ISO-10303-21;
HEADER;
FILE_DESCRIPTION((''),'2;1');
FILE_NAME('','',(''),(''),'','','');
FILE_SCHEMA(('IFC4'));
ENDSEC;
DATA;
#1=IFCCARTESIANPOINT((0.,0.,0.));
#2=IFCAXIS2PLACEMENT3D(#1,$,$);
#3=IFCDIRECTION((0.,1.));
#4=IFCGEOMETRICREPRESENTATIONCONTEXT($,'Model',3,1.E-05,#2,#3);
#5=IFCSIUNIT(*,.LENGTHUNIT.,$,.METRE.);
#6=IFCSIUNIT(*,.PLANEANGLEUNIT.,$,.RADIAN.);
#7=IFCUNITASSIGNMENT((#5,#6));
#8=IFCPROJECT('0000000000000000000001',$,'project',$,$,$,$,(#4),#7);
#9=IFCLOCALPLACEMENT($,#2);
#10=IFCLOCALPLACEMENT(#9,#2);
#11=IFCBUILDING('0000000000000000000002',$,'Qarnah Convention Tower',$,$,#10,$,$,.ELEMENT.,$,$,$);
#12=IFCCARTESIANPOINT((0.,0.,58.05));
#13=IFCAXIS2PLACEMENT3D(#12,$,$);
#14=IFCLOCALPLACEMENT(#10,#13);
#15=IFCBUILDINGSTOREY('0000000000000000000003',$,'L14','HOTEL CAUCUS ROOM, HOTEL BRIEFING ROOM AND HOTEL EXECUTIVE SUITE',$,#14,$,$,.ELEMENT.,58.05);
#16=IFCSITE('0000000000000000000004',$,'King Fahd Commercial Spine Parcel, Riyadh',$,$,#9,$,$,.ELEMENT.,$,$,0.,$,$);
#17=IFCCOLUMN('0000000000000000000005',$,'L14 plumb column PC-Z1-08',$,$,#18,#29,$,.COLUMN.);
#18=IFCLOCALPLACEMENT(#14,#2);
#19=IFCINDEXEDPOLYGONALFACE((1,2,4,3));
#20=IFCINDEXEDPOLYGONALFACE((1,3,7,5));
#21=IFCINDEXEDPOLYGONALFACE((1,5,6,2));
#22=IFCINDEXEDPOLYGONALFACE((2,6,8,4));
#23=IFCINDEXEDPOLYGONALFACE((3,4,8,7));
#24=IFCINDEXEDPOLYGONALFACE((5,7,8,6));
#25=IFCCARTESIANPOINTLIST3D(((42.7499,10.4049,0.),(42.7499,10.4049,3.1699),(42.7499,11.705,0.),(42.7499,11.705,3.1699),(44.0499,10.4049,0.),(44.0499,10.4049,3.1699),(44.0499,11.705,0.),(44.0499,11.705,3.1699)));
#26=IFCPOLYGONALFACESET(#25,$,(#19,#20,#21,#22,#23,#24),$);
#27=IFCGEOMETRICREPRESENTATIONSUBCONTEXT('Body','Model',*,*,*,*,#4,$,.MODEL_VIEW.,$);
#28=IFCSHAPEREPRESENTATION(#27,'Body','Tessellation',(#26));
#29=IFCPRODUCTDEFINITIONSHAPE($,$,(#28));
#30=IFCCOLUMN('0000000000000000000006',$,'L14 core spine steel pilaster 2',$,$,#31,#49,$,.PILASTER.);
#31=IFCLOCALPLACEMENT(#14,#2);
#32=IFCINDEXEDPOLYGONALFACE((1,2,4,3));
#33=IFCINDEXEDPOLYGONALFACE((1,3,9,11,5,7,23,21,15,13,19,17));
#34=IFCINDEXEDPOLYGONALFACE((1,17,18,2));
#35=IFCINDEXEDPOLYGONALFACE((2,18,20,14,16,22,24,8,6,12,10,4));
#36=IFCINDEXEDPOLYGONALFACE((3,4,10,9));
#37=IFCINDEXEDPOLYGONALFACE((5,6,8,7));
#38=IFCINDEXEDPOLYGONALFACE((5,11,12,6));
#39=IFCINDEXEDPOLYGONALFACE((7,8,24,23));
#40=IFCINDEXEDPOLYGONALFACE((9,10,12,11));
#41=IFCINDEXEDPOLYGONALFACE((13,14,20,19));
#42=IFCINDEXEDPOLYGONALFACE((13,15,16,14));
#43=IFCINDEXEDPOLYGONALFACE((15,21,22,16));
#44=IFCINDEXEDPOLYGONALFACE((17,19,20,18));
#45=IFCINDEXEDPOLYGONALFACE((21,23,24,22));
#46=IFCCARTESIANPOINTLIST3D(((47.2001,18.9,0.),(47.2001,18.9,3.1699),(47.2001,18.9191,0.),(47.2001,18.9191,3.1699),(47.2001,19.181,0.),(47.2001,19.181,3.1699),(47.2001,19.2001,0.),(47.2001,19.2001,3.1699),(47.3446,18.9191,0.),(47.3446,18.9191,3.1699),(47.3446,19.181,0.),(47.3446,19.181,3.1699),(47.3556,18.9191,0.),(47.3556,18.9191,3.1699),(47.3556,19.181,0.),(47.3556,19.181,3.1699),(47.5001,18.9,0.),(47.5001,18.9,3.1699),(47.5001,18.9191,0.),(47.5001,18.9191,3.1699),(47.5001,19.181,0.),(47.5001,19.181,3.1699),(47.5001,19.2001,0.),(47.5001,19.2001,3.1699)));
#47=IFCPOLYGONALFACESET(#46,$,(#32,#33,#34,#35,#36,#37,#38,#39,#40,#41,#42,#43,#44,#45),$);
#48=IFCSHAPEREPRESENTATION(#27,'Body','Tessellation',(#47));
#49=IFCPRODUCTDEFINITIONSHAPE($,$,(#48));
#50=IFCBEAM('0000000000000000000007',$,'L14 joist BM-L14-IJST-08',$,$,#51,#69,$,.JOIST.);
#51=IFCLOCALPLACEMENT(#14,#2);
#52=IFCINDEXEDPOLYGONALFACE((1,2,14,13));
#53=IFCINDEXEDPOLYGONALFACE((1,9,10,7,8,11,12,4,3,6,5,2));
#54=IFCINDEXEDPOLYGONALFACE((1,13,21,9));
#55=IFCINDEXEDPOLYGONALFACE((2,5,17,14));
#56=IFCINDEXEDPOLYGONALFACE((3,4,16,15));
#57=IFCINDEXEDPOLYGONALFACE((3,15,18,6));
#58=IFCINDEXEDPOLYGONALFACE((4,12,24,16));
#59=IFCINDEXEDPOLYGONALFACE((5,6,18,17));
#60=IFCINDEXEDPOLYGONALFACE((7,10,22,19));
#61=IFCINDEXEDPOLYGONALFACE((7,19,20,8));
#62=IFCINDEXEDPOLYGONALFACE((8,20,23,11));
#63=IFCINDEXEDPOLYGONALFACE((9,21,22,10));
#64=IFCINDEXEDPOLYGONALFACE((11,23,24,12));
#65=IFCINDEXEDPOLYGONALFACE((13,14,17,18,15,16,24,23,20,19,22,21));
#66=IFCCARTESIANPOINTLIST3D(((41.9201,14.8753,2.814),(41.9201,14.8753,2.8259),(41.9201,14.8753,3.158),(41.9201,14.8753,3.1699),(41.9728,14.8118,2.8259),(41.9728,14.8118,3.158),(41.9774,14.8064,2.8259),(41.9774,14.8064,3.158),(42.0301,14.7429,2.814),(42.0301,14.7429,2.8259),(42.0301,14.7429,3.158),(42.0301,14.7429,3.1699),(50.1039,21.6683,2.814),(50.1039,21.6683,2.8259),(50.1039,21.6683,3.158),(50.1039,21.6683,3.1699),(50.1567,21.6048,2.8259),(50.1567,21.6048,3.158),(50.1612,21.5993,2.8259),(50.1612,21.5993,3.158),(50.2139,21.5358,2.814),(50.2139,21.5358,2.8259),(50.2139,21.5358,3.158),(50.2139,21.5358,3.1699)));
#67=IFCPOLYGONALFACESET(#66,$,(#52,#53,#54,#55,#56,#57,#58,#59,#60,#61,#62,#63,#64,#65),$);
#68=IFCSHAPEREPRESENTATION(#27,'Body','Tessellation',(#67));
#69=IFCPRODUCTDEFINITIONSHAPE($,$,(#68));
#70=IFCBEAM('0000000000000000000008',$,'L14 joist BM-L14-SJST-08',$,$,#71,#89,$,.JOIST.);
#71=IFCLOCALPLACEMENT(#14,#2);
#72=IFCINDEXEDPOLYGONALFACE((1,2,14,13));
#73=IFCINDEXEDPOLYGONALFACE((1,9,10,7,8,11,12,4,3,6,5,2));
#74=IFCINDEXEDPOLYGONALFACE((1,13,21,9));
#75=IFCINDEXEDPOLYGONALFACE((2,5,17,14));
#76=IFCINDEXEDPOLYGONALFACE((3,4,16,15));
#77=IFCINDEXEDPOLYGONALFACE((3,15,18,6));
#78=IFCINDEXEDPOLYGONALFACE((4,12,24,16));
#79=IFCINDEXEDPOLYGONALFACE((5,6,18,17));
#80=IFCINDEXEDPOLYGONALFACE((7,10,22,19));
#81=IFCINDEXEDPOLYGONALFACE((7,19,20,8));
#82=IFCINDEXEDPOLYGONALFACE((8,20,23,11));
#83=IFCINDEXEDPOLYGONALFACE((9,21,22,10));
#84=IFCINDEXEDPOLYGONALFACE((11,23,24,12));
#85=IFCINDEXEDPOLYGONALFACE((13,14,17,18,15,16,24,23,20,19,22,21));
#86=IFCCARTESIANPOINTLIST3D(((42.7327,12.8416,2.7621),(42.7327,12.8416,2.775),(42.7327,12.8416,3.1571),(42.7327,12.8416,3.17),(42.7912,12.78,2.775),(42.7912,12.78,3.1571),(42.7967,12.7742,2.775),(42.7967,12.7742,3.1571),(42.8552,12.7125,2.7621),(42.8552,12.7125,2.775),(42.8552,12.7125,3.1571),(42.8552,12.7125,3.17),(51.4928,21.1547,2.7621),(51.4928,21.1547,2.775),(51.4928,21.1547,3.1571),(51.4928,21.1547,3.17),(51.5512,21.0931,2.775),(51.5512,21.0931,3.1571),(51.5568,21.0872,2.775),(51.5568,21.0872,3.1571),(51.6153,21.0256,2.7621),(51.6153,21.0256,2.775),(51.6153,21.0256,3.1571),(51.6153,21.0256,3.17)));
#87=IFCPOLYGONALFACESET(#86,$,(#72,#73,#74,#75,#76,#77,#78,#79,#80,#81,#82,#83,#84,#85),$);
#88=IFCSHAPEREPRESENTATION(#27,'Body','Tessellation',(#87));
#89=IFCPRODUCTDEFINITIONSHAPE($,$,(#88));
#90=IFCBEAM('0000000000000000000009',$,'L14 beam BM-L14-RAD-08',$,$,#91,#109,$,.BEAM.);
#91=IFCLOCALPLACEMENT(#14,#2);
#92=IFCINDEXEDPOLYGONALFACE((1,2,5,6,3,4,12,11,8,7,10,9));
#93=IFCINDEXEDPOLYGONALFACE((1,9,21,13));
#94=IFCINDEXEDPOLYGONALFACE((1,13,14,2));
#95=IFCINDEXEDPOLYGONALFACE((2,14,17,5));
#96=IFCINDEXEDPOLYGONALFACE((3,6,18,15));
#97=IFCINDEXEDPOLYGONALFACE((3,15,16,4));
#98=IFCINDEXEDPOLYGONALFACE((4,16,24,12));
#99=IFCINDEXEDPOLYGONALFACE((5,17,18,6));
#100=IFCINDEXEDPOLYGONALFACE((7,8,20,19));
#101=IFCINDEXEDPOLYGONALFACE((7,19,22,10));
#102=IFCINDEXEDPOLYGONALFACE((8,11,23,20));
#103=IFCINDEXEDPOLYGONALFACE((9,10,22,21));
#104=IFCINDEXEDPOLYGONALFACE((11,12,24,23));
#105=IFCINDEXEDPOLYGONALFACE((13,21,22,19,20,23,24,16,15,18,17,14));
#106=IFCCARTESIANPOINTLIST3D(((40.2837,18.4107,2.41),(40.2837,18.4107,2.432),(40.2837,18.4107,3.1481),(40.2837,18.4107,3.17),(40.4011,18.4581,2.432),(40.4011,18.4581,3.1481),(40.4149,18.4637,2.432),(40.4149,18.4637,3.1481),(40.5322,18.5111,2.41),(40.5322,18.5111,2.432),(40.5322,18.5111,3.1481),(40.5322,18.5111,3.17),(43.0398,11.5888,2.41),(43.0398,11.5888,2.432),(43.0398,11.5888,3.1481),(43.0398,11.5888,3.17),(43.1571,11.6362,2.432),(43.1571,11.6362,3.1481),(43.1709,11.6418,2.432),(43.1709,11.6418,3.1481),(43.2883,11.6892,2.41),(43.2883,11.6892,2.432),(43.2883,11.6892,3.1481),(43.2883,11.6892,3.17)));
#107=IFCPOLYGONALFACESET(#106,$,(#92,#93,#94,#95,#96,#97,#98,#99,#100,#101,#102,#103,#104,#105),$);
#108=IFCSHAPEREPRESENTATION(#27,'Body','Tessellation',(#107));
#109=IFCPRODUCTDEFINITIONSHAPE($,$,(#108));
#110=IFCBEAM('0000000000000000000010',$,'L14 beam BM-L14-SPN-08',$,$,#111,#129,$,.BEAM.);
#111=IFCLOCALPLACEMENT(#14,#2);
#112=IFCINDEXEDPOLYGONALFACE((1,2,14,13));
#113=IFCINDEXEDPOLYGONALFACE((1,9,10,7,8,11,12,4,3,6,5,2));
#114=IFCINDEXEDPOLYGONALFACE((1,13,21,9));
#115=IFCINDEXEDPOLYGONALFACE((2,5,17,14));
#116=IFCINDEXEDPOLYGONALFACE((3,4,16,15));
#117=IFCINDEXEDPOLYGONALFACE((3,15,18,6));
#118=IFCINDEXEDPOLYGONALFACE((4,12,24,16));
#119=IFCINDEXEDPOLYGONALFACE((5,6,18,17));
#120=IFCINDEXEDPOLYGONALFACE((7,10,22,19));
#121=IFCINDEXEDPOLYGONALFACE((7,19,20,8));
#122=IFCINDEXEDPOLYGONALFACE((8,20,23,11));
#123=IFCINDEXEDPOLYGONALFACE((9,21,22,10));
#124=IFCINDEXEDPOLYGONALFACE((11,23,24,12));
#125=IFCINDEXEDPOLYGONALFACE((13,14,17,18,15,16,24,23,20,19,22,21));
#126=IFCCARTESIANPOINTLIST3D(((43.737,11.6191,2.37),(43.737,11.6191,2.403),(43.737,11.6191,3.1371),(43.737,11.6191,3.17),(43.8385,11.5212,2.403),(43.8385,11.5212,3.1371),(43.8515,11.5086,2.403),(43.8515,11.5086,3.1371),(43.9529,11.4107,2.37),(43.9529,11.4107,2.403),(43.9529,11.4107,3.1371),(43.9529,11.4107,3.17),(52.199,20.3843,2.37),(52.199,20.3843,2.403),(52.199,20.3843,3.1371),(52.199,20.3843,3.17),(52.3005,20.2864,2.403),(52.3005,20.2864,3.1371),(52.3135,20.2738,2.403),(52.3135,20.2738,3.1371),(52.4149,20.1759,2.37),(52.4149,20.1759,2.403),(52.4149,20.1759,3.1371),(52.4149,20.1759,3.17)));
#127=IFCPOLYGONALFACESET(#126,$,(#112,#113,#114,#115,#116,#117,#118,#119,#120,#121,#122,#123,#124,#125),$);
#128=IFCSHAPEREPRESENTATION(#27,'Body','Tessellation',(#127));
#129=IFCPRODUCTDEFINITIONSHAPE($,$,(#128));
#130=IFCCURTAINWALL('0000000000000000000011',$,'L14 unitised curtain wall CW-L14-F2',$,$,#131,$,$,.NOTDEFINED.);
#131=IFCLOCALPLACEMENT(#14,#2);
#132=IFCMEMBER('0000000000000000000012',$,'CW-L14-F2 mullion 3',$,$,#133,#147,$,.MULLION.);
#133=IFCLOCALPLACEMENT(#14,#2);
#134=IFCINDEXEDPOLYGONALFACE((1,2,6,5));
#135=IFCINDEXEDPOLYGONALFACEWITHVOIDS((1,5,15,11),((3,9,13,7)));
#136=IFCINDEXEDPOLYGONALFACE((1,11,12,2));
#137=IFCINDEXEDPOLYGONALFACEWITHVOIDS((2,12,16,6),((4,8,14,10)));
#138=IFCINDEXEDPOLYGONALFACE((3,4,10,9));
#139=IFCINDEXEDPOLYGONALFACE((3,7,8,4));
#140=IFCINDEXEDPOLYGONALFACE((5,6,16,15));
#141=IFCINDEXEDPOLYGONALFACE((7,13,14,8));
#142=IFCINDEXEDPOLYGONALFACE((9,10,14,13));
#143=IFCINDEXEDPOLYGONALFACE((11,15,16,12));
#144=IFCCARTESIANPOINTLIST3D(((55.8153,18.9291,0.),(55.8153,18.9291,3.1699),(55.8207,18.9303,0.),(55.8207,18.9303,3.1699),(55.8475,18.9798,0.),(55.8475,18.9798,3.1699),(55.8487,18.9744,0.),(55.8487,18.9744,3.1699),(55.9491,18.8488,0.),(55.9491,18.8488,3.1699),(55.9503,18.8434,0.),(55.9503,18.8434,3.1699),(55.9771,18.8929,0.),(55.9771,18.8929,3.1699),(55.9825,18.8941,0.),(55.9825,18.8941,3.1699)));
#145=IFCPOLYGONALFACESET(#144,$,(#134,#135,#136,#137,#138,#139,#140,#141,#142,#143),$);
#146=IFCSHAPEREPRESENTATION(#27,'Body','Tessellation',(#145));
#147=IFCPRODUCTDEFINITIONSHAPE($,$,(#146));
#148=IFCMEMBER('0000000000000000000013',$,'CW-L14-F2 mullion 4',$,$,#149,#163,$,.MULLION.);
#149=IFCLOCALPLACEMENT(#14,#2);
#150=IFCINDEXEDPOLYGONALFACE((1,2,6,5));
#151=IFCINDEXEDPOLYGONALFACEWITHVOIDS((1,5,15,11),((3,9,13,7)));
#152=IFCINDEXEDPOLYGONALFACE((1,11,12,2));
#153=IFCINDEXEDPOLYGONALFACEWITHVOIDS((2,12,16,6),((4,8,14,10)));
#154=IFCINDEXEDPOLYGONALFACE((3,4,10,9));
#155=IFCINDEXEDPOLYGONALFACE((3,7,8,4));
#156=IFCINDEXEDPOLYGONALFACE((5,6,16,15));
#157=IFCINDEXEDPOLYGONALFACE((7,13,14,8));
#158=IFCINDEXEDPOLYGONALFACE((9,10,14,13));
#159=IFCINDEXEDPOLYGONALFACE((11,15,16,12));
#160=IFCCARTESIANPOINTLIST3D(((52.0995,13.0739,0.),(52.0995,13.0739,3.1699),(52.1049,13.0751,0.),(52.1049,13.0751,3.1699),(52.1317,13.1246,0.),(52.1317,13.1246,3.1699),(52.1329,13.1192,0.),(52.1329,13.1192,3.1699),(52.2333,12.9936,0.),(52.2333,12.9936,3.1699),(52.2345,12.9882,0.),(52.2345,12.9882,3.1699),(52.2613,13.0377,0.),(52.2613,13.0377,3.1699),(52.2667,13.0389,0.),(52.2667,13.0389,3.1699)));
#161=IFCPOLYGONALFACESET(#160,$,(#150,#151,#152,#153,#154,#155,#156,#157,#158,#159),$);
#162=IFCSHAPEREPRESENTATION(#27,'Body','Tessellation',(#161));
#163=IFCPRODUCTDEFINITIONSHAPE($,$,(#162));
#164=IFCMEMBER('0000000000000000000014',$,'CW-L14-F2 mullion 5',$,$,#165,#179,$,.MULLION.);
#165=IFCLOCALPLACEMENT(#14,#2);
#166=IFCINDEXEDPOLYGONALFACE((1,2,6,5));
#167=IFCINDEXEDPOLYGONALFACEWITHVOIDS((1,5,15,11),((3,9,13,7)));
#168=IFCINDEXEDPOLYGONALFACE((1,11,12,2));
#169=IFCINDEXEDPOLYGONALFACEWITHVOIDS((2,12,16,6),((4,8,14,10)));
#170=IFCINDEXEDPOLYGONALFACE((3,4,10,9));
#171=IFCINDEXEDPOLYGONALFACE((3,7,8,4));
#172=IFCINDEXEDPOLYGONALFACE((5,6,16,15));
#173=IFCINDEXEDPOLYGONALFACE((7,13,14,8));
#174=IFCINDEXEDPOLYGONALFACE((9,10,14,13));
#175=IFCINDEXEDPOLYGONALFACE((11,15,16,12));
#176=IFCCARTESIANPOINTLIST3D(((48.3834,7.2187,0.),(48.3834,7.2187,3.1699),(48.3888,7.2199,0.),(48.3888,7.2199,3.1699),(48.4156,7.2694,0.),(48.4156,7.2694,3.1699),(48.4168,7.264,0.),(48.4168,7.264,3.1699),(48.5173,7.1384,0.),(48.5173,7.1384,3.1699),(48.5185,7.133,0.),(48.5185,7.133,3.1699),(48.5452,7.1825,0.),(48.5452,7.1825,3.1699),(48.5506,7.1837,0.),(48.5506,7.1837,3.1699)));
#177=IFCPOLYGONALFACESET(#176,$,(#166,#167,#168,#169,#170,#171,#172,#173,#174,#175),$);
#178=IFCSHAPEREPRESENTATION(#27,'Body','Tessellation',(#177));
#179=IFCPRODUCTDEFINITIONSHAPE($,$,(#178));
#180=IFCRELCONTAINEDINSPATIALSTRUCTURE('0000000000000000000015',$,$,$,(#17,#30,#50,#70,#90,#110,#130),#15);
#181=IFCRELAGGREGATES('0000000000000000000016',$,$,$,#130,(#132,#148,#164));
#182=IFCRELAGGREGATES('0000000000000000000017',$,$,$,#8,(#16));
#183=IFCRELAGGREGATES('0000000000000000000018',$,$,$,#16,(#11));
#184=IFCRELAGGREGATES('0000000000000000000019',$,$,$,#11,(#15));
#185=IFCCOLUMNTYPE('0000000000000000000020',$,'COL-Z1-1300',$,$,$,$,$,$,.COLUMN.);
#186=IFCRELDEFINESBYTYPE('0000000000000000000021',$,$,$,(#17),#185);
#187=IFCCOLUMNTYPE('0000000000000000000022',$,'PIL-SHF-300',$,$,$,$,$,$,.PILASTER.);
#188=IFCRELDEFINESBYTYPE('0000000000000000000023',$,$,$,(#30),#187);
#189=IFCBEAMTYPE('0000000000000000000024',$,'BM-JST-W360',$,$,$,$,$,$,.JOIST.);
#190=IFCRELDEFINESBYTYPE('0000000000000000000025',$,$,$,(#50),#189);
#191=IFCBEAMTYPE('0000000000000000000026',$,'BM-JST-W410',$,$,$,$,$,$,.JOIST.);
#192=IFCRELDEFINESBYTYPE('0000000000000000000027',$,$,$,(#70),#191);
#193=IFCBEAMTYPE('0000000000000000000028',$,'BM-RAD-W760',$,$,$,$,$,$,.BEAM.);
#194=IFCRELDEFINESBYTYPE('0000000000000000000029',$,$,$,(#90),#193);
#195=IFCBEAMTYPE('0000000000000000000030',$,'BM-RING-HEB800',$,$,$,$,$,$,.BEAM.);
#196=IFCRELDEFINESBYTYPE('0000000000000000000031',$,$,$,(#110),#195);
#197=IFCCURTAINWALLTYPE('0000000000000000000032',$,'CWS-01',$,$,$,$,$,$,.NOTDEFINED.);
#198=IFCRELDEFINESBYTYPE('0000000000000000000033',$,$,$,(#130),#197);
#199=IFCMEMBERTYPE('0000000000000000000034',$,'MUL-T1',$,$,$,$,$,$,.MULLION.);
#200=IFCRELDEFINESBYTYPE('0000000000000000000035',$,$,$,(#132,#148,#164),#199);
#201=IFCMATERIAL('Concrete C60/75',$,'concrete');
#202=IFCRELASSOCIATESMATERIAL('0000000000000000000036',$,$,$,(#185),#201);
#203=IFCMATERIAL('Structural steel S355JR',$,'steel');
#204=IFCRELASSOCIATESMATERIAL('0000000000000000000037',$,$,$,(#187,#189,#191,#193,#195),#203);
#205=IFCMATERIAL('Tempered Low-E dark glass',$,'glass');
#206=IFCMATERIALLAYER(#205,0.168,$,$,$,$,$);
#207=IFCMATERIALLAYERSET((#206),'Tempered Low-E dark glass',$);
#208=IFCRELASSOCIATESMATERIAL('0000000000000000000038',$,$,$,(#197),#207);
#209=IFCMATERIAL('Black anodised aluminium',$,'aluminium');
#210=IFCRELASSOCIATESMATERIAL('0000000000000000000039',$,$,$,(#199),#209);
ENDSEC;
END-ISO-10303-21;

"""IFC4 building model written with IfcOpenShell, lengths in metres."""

from ifc_helpers import new_model, si_unit, direction, frame, origin, origin_2d, place, context, subcontext, project, spatial, rectangle, hollow_rectangle, i_section, extrude, material, layer, layer_set, material_profile, profile_set, type_object, element, aggregate, save


model = new_model("IFC4")

# Units and contexts
model_context = context("Model", 3, precision=1e-05, world=origin(), true_north=direction((0.0, 1.0)))
body_context = subcontext(model_context, "Body", "Model", "MODEL_VIEW")
ifc_project = project(units=[si_unit("LENGTHUNIT", "METRE"), si_unit("PLANEANGLEUNIT", "RADIAN")], contexts=[model_context])

# Site, building, storey
site_placement = place(None, origin())
site = spatial("IfcSite", under=ifc_project, at=site_placement, Name="King Fahd Commercial Spine Parcel, Riyadh", CompositionType="ELEMENT", RefElevation=0.0)
building_placement = place(site_placement, origin())
building = spatial("IfcBuilding", under=site, at=building_placement, Name="Qarnah Convention Tower", CompositionType="ELEMENT")
storey_placement = place(building_placement, frame((0.0, 0.0, 58.05)))
storey = spatial("IfcBuildingStorey", under=building, at=storey_placement, Name="L14", Description="HOTEL CAUCUS ROOM, HOTEL BRIEFING ROOM AND HOTEL EXECUTIVE SUITE", CompositionType="ELEMENT", Elevation=58.05)

# Columns
ifc_material_1 = material(Name="Concrete C60/75", Category="concrete")
ifc_material_profile_1 = material_profile(ifc_material_1, rectangle(XDim=1.3, YDim=1.3, at=origin_2d()), Name="RC-COL-1300X1300")
ifc_profile_set_1 = profile_set([ifc_material_profile_1], Name="Concrete C60/75")
column_type_1 = type_object("IfcColumnType", Name="COL-Z1-1300", PredefinedType="COLUMN", material=ifc_profile_set_1)
column_1_placement = place(storey_placement, frame((43.3999, 11.0549, 0.0), z_axis=(0.0, 0.0, 1.0), x_axis=(1.0, 0.0, 0.0)))
element("IfcColumn", 1, at=column_1_placement, inside=storey, type_object=column_type_1, Name="L14 plumb column PC-Z1-08", PredefinedType="COLUMN", context=body_context, shape_type="SweptSolid", body=[
    extrude(rectangle(XDim=1.3, YDim=1.3, at=origin_2d()), origin(), (0.0, 0.0, 1.0), 3.1699),
])
ifc_material_2 = material(Name="Structural steel S355JR", Category="steel")
ifc_material_profile_2 = material_profile(ifc_material_2, i_section(OverallWidth=0.3, OverallDepth=0.3, WebThickness=0.011, FlangeThickness=0.019, at=origin_2d()), Name="HEB300")
ifc_profile_set_2 = profile_set([ifc_material_profile_2], Name="Structural steel S355JR")
column_type_2 = type_object("IfcColumnType", Name="PIL-SHF-300", PredefinedType="PILASTER", material=ifc_profile_set_2)
column_2_placement = place(storey_placement, frame((47.3501, 19.05, 0.0), z_axis=(0.0, 0.0, 1.0), x_axis=(1.0, 0.0, 0.0)))
element("IfcColumn", 2, at=column_2_placement, inside=storey, type_object=column_type_2, Name="L14 core spine steel pilaster 2", PredefinedType="PILASTER", context=body_context, shape_type="SweptSolid", body=[
    extrude(i_section(OverallWidth=0.3, OverallDepth=0.3, WebThickness=0.011, FlangeThickness=0.019, at=origin_2d()), origin(), (0.0, 0.0, 1.0), 3.1699),
])

# Beams
ifc_material_profile_3 = material_profile(ifc_material_2, i_section(OverallWidth=0.1721, OverallDepth=0.356, WebThickness=0.0071, FlangeThickness=0.012, at=origin_2d()), Name="W360X51")
ifc_profile_set_3 = profile_set([ifc_material_profile_3], Name="Structural steel S355JR")
beam_type_1 = type_object("IfcBeamType", Name="BM-JST-W360", PredefinedType="JOIST", material=ifc_profile_set_3)
beam_1_placement = place(storey_placement, frame((41.9751, 14.8091, 2.9919), z_axis=(0.769464, 0.638691, 0.0), x_axis=(-0.638691, 0.769464, 0.0)))
element("IfcBeam", 3, at=beam_1_placement, inside=storey, type_object=beam_type_1, Name="L14 joist BM-L14-IJST-08", PredefinedType="JOIST", context=body_context, shape_type="SweptSolid", body=[
    extrude(i_section(OverallWidth=0.1721, OverallDepth=0.356, WebThickness=0.0071, FlangeThickness=0.012, at=origin_2d()), origin(), (0.0, 0.0, 1.0), 10.6357),
])
ifc_material_profile_4 = material_profile(ifc_material_2, i_section(OverallWidth=0.178, OverallDepth=0.408, WebThickness=0.0081, FlangeThickness=0.0129, at=origin_2d()), Name="W410X60")
ifc_profile_set_4 = profile_set([ifc_material_profile_4], Name="Structural steel S355JR")
beam_type_2 = type_object("IfcBeamType", Name="BM-JST-W410", PredefinedType="JOIST", material=ifc_profile_set_4)
beam_2_placement = place(storey_placement, frame((42.7939, 12.7771, 2.9661), z_axis=(0.725372, 0.688357, 0.0), x_axis=(-0.688357, 0.725372, 0.0)))
element("IfcBeam", 4, at=beam_2_placement, inside=storey, type_object=beam_type_2, Name="L14 joist BM-L14-SJST-08", PredefinedType="JOIST", context=body_context, shape_type="SweptSolid", body=[
    extrude(i_section(OverallWidth=0.178, OverallDepth=0.408, WebThickness=0.0081, FlangeThickness=0.0129, at=origin_2d()), origin(), (0.0, 0.0, 1.0), 12.0767),
])
ifc_material_profile_5 = material_profile(ifc_material_2, i_section(OverallWidth=0.2681, OverallDepth=0.76, WebThickness=0.0149, FlangeThickness=0.022, at=origin_2d()), Name="W760X185")
ifc_profile_set_5 = profile_set([ifc_material_profile_5], Name="Structural steel S355JR")
beam_type_3 = type_object("IfcBeamType", Name="BM-RAD-W760", PredefinedType="BEAM", material=ifc_profile_set_5)
beam_3_placement = place(storey_placement, frame((40.408, 18.4609, 2.79), z_axis=(0.374586, -0.927192, 0.0), x_axis=(0.927192, 0.374586, 0.0)))
element("IfcBeam", 5, at=beam_3_placement, inside=storey, type_object=beam_type_3, Name="L14 beam BM-L14-RAD-08", PredefinedType="BEAM", context=body_context, shape_type="SweptSolid", body=[
    extrude(i_section(OverallWidth=0.2681, OverallDepth=0.76, WebThickness=0.0149, FlangeThickness=0.022, at=origin_2d()), origin(), (0.0, 0.0, 1.0), 7.3577),
])
ifc_material_profile_6 = material_profile(ifc_material_2, i_section(OverallWidth=0.3, OverallDepth=0.8, WebThickness=0.0181, FlangeThickness=0.033, at=origin_2d()), Name="HEB800")
ifc_profile_set_6 = profile_set([ifc_material_profile_6], Name="Structural steel S355JR")
beam_type_4 = type_object("IfcBeamType", Name="BM-RING-HEB800", PredefinedType="BEAM", material=ifc_profile_set_6)
beam_4_placement = place(storey_placement, frame((43.845, 11.5149, 2.77), z_axis=(0.694553, 0.719442, 0.0), x_axis=(-0.719442, 0.694553, 0.0)))
element("IfcBeam", 6, at=beam_4_placement, inside=storey, type_object=beam_type_4, Name="L14 beam BM-L14-SPN-08", PredefinedType="BEAM", context=body_context, shape_type="SweptSolid", body=[
    extrude(i_section(OverallWidth=0.3, OverallDepth=0.8, WebThickness=0.0181, FlangeThickness=0.033, at=origin_2d()), origin(), (0.0, 0.0, 1.0), 12.1833),
])

# Curtain wall, members
ifc_material_3 = material(Name="Tempered Low-E dark glass", Category="glass")
ifc_layer_1 = layer(ifc_material_3, 0.168)
ifc_layer_set_1 = layer_set([ifc_layer_1], Name="Tempered Low-E dark glass")
curtain_wall_type = type_object("IfcCurtainWallType", Name="CWS-01", PredefinedType="NOTDEFINED", material=ifc_layer_set_1)
curtain_wall_1_placement = place(storey_placement, origin())
curtain_wall_1 = element("IfcCurtainWall", 7, at=curtain_wall_1_placement, inside=storey, type_object=curtain_wall_type, Name="L14 unitised curtain wall CW-L14-F2", PredefinedType="NOTDEFINED")
ifc_material_4 = material(Name="Black anodised aluminium", Category="aluminium")
ifc_material_profile_7 = material_profile(ifc_material_4, hollow_rectangle(XDim=0.0601, YDim=0.1599, WallThickness=0.0039, at=origin_2d()), Name="MUL-60X160")
ifc_profile_set_7 = profile_set([ifc_material_profile_7], Name="Black anodised aluminium")
member_type_1 = type_object("IfcMemberType", Name="MUL-T1", PredefinedType="MULLION", material=ifc_profile_set_7)
member_1_placement = place(storey_placement, frame((55.8989, 18.9116, 0.0), z_axis=(0.0, 0.0, 1.0), x_axis=(-0.535845, -0.844316, 0.0)))
member_1 = element("IfcMember", 8, at=member_1_placement, type_object=member_type_1, Name="CW-L14-F2 mullion 3", PredefinedType="MULLION", context=body_context, shape_type="SweptSolid", body=[
    extrude(hollow_rectangle(XDim=0.0601, YDim=0.1599, WallThickness=0.0039, at=origin_2d()), origin(), (0.0, 0.0, 1.0), 3.1699),
])
member_2_placement = place(storey_placement, frame((52.1831, 13.0564, 0.0), z_axis=(0.0, 0.0, 1.0), x_axis=(-0.535845, -0.844316, 0.0)))
member_2 = element("IfcMember", 9, at=member_2_placement, type_object=member_type_1, Name="CW-L14-F2 mullion 4", PredefinedType="MULLION", context=body_context, shape_type="SweptSolid", body=[
    extrude(hollow_rectangle(XDim=0.0601, YDim=0.1599, WallThickness=0.0039, at=origin_2d()), origin(), (0.0, 0.0, 1.0), 3.1699),
])
member_3_placement = place(storey_placement, frame((48.467, 7.2012, 0.0), z_axis=(0.0, 0.0, 1.0), x_axis=(-0.535845, -0.844316, 0.0)))
member_3 = element("IfcMember", 10, at=member_3_placement, type_object=member_type_1, Name="CW-L14-F2 mullion 5", PredefinedType="MULLION", context=body_context, shape_type="SweptSolid", body=[
    extrude(hollow_rectangle(XDim=0.0601, YDim=0.1599, WallThickness=0.0039, at=origin_2d()), origin(), (0.0, 0.0, 1.0), 3.1699),
])

aggregate(curtain_wall_1, [member_1, member_2, member_3])

save(model, "model.ifc")
